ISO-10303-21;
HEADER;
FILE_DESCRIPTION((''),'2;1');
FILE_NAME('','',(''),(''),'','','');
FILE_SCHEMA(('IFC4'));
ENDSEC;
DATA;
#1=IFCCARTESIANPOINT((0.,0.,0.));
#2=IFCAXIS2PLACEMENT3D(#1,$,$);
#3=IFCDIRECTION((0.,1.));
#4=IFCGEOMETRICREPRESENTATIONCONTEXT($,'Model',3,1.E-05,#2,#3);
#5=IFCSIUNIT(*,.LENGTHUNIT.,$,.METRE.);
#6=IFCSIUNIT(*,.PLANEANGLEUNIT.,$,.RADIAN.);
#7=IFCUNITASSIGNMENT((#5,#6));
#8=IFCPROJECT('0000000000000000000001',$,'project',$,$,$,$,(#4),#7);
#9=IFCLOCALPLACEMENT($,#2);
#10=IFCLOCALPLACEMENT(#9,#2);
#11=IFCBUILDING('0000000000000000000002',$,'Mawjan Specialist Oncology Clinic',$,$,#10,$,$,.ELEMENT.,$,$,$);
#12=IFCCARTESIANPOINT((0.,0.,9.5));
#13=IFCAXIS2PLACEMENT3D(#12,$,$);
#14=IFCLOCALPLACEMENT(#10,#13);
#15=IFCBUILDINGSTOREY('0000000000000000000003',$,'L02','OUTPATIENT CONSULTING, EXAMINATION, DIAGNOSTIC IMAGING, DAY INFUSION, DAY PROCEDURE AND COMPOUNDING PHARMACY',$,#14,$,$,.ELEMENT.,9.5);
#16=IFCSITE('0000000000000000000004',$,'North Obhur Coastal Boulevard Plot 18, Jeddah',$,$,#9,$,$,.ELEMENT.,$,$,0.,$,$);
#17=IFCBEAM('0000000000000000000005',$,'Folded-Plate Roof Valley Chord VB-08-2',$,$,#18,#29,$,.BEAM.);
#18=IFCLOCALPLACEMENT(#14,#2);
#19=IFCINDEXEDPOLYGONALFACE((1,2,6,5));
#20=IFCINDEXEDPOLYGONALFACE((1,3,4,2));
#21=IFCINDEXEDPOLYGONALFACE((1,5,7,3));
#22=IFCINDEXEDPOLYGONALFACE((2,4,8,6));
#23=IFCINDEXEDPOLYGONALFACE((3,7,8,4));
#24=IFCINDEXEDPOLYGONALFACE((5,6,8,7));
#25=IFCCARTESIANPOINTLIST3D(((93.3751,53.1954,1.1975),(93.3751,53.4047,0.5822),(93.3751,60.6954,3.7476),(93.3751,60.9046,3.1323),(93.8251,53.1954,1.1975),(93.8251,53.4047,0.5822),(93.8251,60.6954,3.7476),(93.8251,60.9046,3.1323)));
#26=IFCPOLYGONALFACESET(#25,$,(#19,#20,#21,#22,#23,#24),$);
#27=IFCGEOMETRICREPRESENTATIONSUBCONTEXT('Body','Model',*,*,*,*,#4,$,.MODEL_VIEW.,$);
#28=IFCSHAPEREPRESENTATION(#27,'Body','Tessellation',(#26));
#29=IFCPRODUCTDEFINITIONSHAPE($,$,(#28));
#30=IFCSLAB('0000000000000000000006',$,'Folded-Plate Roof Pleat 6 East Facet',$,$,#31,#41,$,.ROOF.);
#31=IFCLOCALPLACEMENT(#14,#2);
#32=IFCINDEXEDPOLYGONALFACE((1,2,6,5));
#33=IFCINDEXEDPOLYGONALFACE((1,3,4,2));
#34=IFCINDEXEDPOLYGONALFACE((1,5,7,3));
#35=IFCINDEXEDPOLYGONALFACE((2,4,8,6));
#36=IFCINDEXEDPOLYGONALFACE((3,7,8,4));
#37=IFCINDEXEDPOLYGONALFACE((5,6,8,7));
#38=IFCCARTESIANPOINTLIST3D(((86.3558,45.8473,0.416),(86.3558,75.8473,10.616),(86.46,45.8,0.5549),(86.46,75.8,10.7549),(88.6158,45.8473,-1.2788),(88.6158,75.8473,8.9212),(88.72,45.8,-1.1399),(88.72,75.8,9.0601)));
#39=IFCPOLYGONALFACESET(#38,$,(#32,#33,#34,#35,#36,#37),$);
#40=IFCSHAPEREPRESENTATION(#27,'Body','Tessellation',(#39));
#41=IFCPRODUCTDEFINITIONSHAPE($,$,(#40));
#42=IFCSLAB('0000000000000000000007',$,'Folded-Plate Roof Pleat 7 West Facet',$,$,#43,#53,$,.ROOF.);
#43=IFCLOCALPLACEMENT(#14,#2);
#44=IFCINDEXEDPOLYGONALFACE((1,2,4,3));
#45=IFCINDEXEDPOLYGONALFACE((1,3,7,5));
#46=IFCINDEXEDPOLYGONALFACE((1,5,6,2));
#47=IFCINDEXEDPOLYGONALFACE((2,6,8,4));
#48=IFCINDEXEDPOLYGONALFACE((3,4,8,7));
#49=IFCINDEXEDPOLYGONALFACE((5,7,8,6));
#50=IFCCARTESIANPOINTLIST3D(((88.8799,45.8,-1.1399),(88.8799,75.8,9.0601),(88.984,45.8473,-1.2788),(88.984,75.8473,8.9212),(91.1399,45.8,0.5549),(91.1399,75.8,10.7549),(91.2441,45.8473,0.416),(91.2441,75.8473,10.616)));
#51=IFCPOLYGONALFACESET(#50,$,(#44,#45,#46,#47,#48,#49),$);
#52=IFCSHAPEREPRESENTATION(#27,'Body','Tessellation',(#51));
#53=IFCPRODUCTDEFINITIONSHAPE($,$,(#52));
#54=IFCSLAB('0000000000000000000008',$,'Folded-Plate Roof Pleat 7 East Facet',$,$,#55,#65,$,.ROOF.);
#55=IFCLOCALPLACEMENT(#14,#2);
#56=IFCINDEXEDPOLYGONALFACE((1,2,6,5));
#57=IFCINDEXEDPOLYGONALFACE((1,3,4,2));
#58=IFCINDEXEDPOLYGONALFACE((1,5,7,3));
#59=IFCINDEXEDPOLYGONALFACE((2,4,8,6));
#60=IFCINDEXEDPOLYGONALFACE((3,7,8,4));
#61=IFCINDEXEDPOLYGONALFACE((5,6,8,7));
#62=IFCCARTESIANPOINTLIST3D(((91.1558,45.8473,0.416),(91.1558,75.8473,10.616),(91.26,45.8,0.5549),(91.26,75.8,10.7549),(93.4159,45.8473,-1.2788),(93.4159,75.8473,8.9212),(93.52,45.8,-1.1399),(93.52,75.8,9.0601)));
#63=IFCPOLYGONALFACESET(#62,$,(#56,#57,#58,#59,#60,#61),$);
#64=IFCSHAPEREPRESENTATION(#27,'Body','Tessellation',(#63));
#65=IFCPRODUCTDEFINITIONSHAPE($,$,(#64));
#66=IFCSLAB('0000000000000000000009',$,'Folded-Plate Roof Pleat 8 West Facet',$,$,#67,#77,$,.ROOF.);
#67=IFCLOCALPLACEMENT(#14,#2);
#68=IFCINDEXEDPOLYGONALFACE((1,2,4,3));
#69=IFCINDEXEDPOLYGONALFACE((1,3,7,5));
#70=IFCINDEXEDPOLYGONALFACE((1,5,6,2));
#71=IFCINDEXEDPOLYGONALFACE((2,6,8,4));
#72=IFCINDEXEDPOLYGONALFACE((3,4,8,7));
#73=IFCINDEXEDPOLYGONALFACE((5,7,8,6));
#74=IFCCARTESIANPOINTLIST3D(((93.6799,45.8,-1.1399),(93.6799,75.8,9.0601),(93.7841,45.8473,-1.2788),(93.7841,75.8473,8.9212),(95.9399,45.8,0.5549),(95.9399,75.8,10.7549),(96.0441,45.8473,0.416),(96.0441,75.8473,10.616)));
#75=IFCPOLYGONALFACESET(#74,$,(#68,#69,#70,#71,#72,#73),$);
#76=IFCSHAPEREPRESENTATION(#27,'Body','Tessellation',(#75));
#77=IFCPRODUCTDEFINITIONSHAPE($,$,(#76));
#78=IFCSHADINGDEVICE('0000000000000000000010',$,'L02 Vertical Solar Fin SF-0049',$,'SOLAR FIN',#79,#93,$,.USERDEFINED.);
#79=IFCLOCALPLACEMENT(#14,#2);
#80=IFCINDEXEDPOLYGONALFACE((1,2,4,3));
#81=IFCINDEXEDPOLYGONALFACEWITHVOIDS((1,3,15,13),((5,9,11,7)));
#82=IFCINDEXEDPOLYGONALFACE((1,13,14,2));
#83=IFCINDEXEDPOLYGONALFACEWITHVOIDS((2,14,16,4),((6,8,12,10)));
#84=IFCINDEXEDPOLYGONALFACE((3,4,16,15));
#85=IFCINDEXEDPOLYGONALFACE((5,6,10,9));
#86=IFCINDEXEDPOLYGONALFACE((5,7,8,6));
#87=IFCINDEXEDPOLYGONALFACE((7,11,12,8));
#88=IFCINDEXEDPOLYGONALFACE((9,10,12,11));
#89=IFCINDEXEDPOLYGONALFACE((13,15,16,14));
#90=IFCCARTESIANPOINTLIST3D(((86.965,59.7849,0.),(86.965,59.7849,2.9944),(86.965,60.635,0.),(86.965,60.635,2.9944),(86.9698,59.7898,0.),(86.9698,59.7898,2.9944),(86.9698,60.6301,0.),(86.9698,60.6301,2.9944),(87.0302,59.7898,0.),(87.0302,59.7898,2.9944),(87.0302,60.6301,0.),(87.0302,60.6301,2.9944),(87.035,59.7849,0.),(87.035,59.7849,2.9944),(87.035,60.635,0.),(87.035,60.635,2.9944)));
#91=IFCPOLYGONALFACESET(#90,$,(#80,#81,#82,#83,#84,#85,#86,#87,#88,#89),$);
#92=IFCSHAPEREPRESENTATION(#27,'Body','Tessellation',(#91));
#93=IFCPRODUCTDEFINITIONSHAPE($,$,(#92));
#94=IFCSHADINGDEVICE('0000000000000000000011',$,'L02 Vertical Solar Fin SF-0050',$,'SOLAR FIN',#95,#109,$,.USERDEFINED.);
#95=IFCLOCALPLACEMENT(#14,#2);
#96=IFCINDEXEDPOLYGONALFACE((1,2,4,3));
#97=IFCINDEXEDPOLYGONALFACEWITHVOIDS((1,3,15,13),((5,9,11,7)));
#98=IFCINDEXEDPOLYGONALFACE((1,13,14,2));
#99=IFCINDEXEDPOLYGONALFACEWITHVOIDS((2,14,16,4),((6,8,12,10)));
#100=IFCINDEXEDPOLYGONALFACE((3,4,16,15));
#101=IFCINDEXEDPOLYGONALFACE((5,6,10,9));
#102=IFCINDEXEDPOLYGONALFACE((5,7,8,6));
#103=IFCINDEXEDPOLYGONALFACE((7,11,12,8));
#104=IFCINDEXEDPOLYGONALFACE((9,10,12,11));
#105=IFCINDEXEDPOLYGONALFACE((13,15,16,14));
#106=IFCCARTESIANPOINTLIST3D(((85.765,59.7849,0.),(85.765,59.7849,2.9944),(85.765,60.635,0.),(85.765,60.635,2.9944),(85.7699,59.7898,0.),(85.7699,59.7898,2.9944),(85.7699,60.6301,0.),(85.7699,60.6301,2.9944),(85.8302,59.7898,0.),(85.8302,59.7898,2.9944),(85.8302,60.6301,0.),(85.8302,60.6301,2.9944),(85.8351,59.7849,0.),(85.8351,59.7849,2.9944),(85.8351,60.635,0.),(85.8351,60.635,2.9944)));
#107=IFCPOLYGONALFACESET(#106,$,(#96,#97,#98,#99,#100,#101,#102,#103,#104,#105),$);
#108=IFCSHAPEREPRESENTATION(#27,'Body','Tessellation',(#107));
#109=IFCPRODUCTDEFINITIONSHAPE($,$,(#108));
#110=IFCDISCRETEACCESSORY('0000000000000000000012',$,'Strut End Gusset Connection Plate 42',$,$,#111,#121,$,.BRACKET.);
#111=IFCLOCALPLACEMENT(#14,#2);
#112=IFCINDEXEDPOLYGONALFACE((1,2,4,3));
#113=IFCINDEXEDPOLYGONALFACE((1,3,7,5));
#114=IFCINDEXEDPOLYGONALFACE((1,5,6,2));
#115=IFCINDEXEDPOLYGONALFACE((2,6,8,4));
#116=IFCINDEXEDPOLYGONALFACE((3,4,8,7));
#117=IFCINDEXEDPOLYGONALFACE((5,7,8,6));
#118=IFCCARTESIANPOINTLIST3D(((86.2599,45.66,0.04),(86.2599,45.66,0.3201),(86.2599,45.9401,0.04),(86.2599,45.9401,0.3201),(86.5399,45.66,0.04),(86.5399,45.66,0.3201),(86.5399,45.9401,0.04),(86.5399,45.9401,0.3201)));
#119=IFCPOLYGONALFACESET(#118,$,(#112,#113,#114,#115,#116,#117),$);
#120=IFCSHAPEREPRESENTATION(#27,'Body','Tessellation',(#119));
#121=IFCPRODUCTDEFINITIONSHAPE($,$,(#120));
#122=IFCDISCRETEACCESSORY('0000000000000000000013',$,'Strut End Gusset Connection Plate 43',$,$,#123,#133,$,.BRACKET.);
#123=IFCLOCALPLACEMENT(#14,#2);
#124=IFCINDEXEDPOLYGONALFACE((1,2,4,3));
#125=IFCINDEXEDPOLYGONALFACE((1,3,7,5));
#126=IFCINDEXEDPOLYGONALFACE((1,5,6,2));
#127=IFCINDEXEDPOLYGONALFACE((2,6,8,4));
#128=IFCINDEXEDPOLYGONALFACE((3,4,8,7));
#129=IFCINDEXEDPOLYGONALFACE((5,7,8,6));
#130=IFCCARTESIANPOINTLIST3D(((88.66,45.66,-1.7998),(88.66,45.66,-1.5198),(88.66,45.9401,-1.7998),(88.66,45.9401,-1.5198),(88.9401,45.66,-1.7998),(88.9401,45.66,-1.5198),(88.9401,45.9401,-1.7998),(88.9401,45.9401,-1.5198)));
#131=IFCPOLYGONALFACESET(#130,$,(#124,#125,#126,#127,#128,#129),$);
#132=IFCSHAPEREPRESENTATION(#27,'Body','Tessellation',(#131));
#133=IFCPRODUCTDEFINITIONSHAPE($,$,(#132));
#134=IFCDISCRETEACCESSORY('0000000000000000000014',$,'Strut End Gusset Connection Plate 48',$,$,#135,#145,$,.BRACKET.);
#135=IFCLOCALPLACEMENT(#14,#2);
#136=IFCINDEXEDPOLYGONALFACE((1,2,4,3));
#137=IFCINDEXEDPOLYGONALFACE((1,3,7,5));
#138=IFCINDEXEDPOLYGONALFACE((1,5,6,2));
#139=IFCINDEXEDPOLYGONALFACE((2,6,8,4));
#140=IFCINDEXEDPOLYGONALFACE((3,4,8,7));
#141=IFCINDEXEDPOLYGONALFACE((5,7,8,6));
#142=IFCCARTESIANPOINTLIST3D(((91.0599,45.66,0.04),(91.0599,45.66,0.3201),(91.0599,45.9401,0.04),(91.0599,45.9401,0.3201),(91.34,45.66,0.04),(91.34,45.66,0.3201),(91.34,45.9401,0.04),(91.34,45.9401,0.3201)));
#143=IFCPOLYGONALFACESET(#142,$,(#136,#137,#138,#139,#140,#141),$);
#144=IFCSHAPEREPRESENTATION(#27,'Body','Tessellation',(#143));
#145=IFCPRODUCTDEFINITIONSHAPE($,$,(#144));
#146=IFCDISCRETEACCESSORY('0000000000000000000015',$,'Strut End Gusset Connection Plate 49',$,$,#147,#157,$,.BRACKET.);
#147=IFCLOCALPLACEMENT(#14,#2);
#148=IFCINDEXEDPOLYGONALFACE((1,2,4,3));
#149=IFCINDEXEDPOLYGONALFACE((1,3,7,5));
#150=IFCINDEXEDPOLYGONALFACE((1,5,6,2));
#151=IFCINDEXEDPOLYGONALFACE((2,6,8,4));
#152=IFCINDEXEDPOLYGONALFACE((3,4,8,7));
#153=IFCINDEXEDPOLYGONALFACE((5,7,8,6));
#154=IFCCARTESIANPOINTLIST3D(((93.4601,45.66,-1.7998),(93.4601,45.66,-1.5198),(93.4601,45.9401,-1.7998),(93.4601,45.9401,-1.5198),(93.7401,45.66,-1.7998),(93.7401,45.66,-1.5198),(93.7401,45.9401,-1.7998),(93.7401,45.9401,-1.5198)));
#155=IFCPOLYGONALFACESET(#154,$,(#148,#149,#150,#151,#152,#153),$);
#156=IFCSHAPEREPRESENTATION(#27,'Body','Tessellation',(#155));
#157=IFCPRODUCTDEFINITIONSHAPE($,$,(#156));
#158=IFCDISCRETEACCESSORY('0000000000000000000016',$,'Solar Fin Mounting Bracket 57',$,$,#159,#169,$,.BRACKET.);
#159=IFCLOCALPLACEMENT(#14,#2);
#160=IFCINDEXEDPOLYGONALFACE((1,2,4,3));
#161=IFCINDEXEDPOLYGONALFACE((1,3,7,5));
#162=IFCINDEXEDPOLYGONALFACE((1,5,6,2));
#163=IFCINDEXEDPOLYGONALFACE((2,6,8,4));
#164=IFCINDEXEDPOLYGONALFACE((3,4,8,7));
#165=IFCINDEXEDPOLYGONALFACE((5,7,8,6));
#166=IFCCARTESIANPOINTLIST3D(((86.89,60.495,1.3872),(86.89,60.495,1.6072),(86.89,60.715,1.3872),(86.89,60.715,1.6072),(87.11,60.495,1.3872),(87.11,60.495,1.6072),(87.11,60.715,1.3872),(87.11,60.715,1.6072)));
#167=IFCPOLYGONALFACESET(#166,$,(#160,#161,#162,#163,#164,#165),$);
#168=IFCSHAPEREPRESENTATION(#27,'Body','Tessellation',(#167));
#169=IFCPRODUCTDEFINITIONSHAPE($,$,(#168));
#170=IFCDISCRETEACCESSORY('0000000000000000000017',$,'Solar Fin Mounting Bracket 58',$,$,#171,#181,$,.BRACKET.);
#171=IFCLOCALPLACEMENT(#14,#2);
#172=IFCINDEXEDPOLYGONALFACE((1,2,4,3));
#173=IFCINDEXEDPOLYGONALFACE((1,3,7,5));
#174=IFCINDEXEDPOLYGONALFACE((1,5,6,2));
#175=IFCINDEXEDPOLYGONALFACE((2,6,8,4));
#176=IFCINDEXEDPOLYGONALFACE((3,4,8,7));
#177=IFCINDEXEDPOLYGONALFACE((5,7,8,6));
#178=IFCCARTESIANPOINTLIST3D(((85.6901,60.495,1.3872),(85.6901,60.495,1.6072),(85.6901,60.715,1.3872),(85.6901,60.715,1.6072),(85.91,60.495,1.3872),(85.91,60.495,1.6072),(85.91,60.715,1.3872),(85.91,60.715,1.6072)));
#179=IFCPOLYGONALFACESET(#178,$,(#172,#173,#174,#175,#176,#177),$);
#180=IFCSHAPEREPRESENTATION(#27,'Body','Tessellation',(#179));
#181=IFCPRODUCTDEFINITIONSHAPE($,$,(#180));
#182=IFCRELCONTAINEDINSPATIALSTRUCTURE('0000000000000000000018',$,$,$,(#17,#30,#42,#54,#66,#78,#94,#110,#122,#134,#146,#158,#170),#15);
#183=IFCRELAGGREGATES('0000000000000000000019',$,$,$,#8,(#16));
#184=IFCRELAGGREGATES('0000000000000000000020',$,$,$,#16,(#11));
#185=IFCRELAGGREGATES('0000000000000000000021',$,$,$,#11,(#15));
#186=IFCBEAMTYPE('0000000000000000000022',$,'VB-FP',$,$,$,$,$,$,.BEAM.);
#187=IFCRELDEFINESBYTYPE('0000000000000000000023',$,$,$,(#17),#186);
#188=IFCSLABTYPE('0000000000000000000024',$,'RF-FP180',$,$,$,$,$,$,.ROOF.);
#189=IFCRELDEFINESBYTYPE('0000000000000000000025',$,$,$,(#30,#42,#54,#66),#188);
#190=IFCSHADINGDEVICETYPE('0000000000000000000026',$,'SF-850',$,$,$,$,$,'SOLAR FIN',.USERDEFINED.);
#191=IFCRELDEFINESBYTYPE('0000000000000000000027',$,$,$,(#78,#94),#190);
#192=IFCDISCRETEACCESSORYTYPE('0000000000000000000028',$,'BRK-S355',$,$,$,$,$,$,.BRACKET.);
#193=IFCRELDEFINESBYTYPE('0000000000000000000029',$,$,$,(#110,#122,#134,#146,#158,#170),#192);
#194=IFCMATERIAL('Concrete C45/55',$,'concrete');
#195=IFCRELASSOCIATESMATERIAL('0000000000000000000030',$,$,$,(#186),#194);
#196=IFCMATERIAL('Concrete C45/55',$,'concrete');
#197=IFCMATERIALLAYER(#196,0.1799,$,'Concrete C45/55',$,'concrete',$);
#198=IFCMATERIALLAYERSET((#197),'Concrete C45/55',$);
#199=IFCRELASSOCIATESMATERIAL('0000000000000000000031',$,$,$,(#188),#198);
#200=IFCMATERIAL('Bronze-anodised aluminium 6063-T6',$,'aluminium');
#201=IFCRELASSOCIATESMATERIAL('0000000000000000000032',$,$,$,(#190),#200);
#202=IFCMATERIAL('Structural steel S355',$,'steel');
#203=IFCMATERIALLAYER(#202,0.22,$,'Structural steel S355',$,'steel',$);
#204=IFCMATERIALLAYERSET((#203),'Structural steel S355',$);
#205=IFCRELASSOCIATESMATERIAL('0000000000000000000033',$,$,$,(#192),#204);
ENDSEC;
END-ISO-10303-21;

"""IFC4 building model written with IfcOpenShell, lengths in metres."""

from ifc_helpers import new_model, si_unit, direction, frame, origin, origin_2d, place, context, subcontext, project, spatial, polyline, rectangle, hollow_rectangle, outline, extrude, material, layer, layer_set, material_profile, profile_set, type_object, element, save


model = new_model("IFC4")

# Units and contexts
model_context = context("Model", 3, precision=1e-05, world=origin(), true_north=direction((0.0, 1.0)))
body_context = subcontext(model_context, "Body", "Model", "MODEL_VIEW")
ifc_project = project(units=[si_unit("LENGTHUNIT", "METRE"), si_unit("PLANEANGLEUNIT", "RADIAN")], contexts=[model_context])

# Site, building, storey
site_placement = place(None, origin())
site = spatial("IfcSite", under=ifc_project, at=site_placement, Name="North Obhur Coastal Boulevard Plot 18, Jeddah", CompositionType="ELEMENT", RefElevation=0.0)
building_placement = place(site_placement, origin())
building = spatial("IfcBuilding", under=site, at=building_placement, Name="Mawjan Specialist Oncology Clinic", CompositionType="ELEMENT")
storey_placement = place(building_placement, frame((0.0, 0.0, 9.5)))
storey = spatial("IfcBuildingStorey", under=building, at=storey_placement, Name="L02", Description="OUTPATIENT CONSULTING, EXAMINATION, DIAGNOSTIC IMAGING, DAY INFUSION, DAY PROCEDURE AND COMPOUNDING PHARMACY", CompositionType="ELEMENT", Elevation=9.5)

# Beam
ifc_material_1 = material(Name="Concrete C45/55", Category="concrete")
ifc_material_profile_1 = material_profile(ifc_material_1, rectangle(XDim=0.45, YDim=0.6499, at=origin_2d()), Name="RC VALLEY 450x650", Category="concrete")
ifc_profile_set_1 = profile_set([ifc_material_profile_1], Name="Concrete C45/55")
beam_type_1 = type_object("IfcBeamType", Name="VB-FP", PredefinedType="BEAM", material=ifc_profile_set_1)
for number, where, z_axis, x_axis, name in (
    (1, (93.6001, 53.3, 0.8899), (0.0, 0.946771, 0.321908), (-1.0, 0.0, 0.0), "Folded-Plate Roof Valley Chord VB-08-2"),
):
    element("IfcBeam", number, at=place(storey_placement, frame(where, z_axis=z_axis, x_axis=x_axis)), inside=storey, type_object=beam_type_1, Name=name, PredefinedType="BEAM", context=body_context, shape_type="SweptSolid", body=[
        extrude(rectangle(XDim=0.45, YDim=0.6499, at=origin_2d()), origin(), (0.0, 0.0, 1.0), 7.9216),
    ])

# Slabs
ifc_material_2 = material(Name="Concrete C45/55", Category="concrete")
ifc_layer_1 = layer(ifc_material_2, 0.1799, Name="Concrete C45/55", Category="concrete")
ifc_layer_set_1 = layer_set([ifc_layer_1], Name="Concrete C45/55")
slab_type = type_object("IfcSlabType", Name="RF-FP180", PredefinedType="ROOF", material=ifc_layer_set_1)
slab_1_placement = place(storey_placement, frame((86.46, 45.8, 0.5549), z_axis=(0.578924, -0.262472, 0.771982), x_axis=(0.800031, 0.0, -0.599959)))
element("IfcSlab", 2, at=slab_1_placement, inside=storey, type_object=slab_type, Name="Folded-Plate Roof Pleat 6 East Facet", PredefinedType="ROOF", context=body_context, shape_type="SweptSolid", body=[
    extrude(outline(polyline([(0.0, 0.0), (2.8249, 0.0), (-3.2946, 31.09), (-6.1195, 31.09), (0.0, 0.0)])), origin(), (0.0, 0.0, -1.0), 0.1799),
])
slab_2_placement = place(storey_placement, frame((88.8799, 45.8, -1.1399), z_axis=(-0.578924, -0.262472, 0.771982), x_axis=(0.800031, 0.0, 0.599959)))
element("IfcSlab", 3, at=slab_2_placement, inside=storey, type_object=slab_type, Name="Folded-Plate Roof Pleat 7 West Facet", PredefinedType="ROOF", context=body_context, shape_type="SweptSolid", body=[
    extrude(outline(polyline([(0.0, 0.0), (2.8249, 0.0), (8.9444, 31.09), (6.1195, 31.09), (0.0, 0.0)])), origin(), (0.0, 0.0, -1.0), 0.1799),
])
slab_3_placement = place(storey_placement, frame((91.26, 45.8, 0.5549), z_axis=(0.578924, -0.262472, 0.771982), x_axis=(0.800031, 0.0, -0.599959)))
element("IfcSlab", 4, at=slab_3_placement, inside=storey, type_object=slab_type, Name="Folded-Plate Roof Pleat 7 East Facet", PredefinedType="ROOF", context=body_context, shape_type="SweptSolid", body=[
    extrude(outline(polyline([(0.0, 0.0), (2.8249, 0.0), (-3.2946, 31.09), (-6.1195, 31.09), (0.0, 0.0)])), origin(), (0.0, 0.0, -1.0), 0.1799),
])
slab_4_placement = place(storey_placement, frame((93.6799, 45.8, -1.1399), z_axis=(-0.578924, -0.262472, 0.771982), x_axis=(0.800031, 0.0, 0.599959)))
element("IfcSlab", 5, at=slab_4_placement, inside=storey, type_object=slab_type, Name="Folded-Plate Roof Pleat 8 West Facet", PredefinedType="ROOF", context=body_context, shape_type="SweptSolid", body=[
    extrude(outline(polyline([(0.0, 0.0), (2.8249, 0.0), (8.9444, 31.09), (6.1195, 31.09), (0.0, 0.0)])), origin(), (0.0, 0.0, -1.0), 0.1799),
])

# Shading devices
ifc_material_3 = material(Name="Bronze-anodised aluminium 6063-T6", Category="aluminium")
ifc_material_profile_2 = material_profile(ifc_material_3, hollow_rectangle(XDim=0.0701, YDim=0.8501, WallThickness=0.0049, at=origin_2d()), Name="FIN 850x70x5", Category="aluminium")
ifc_profile_set_2 = profile_set([ifc_material_profile_2], Name="Bronze-anodised aluminium 6063-T6")
shading_device_type = type_object("IfcShadingDeviceType", Name="SF-850", ElementType="SOLAR FIN", PredefinedType="USERDEFINED", material=ifc_profile_set_2)
for number, where, z_axis, x_axis, name in (
    (6, (87.0, 60.21, 0.0), (0.0, 0.0, 1.0), (-1.0, 0.0, 0.0), "L02 Vertical Solar Fin SF-0049"),
    (7, (85.8, 60.21, 0.0), (0.0, 0.0, 1.0), (-1.0, 0.0, 0.0), "L02 Vertical Solar Fin SF-0050"),
):
    element("IfcShadingDevice", number, at=place(storey_placement, frame(where, z_axis=z_axis, x_axis=x_axis)), inside=storey, type_object=shading_device_type, Name=name, ObjectType="SOLAR FIN", PredefinedType="USERDEFINED", context=body_context, shape_type="SweptSolid", body=[
        extrude(hollow_rectangle(XDim=0.0701, YDim=0.8501, WallThickness=0.0049, at=origin_2d()), origin(), (0.0, 0.0, 1.0), 2.9944),
    ])

# Discrete accessories
ifc_material_4 = material(Name="Structural steel S355", Category="steel")
ifc_layer_2 = layer(ifc_material_4, 0.22, Name="Structural steel S355", Category="steel")
ifc_layer_set_2 = layer_set([ifc_layer_2], Name="Structural steel S355")
discrete_accessory_type = type_object("IfcDiscreteAccessoryType", Name="BRK-S355", PredefinedType="BRACKET", material=ifc_layer_set_2)
for number, where, z_axis, x_axis, name in (
    (8, (86.3999, 45.8, 0.04), (0.0, 0.0, 1.0), (1.0, 0.0, 0.0), "Strut End Gusset Connection Plate 42"),
    (9, (88.8, 45.8, -1.7998), (0.0, 0.0, 1.0), (1.0, 0.0, 0.0), "Strut End Gusset Connection Plate 43"),
    (10, (91.2, 45.8, 0.04), (0.0, 0.0, 1.0), (1.0, 0.0, 0.0), "Strut End Gusset Connection Plate 48"),
    (11, (93.6001, 45.8, -1.7998), (0.0, 0.0, 1.0), (1.0, 0.0, 0.0), "Strut End Gusset Connection Plate 49"),
):
    element("IfcDiscreteAccessory", number, at=place(storey_placement, frame(where, z_axis=z_axis, x_axis=x_axis)), inside=storey, type_object=discrete_accessory_type, Name=name, PredefinedType="BRACKET", context=body_context, shape_type="SweptSolid", body=[
        extrude(rectangle(XDim=0.28, YDim=0.28, at=origin_2d()), origin(), (0.0, 0.0, 1.0), 0.28),
    ])
for number, where, z_axis, x_axis, name in (
    (12, (87.0, 60.605, 1.3872), (0.0, 0.0, 1.0), (-1.0, 0.0, 0.0), "Solar Fin Mounting Bracket 57"),
    (13, (85.8, 60.605, 1.3872), (0.0, 0.0, 1.0), (-1.0, 0.0, 0.0), "Solar Fin Mounting Bracket 58"),
):
    element("IfcDiscreteAccessory", number, at=place(storey_placement, frame(where, z_axis=z_axis, x_axis=x_axis)), inside=storey, type_object=discrete_accessory_type, Name=name, PredefinedType="BRACKET", context=body_context, shape_type="SweptSolid", body=[
        extrude(rectangle(XDim=0.22, YDim=0.22, at=origin_2d()), origin(), (0.0, 0.0, 1.0), 0.22),
    ])

save(model, "model.ifc")
